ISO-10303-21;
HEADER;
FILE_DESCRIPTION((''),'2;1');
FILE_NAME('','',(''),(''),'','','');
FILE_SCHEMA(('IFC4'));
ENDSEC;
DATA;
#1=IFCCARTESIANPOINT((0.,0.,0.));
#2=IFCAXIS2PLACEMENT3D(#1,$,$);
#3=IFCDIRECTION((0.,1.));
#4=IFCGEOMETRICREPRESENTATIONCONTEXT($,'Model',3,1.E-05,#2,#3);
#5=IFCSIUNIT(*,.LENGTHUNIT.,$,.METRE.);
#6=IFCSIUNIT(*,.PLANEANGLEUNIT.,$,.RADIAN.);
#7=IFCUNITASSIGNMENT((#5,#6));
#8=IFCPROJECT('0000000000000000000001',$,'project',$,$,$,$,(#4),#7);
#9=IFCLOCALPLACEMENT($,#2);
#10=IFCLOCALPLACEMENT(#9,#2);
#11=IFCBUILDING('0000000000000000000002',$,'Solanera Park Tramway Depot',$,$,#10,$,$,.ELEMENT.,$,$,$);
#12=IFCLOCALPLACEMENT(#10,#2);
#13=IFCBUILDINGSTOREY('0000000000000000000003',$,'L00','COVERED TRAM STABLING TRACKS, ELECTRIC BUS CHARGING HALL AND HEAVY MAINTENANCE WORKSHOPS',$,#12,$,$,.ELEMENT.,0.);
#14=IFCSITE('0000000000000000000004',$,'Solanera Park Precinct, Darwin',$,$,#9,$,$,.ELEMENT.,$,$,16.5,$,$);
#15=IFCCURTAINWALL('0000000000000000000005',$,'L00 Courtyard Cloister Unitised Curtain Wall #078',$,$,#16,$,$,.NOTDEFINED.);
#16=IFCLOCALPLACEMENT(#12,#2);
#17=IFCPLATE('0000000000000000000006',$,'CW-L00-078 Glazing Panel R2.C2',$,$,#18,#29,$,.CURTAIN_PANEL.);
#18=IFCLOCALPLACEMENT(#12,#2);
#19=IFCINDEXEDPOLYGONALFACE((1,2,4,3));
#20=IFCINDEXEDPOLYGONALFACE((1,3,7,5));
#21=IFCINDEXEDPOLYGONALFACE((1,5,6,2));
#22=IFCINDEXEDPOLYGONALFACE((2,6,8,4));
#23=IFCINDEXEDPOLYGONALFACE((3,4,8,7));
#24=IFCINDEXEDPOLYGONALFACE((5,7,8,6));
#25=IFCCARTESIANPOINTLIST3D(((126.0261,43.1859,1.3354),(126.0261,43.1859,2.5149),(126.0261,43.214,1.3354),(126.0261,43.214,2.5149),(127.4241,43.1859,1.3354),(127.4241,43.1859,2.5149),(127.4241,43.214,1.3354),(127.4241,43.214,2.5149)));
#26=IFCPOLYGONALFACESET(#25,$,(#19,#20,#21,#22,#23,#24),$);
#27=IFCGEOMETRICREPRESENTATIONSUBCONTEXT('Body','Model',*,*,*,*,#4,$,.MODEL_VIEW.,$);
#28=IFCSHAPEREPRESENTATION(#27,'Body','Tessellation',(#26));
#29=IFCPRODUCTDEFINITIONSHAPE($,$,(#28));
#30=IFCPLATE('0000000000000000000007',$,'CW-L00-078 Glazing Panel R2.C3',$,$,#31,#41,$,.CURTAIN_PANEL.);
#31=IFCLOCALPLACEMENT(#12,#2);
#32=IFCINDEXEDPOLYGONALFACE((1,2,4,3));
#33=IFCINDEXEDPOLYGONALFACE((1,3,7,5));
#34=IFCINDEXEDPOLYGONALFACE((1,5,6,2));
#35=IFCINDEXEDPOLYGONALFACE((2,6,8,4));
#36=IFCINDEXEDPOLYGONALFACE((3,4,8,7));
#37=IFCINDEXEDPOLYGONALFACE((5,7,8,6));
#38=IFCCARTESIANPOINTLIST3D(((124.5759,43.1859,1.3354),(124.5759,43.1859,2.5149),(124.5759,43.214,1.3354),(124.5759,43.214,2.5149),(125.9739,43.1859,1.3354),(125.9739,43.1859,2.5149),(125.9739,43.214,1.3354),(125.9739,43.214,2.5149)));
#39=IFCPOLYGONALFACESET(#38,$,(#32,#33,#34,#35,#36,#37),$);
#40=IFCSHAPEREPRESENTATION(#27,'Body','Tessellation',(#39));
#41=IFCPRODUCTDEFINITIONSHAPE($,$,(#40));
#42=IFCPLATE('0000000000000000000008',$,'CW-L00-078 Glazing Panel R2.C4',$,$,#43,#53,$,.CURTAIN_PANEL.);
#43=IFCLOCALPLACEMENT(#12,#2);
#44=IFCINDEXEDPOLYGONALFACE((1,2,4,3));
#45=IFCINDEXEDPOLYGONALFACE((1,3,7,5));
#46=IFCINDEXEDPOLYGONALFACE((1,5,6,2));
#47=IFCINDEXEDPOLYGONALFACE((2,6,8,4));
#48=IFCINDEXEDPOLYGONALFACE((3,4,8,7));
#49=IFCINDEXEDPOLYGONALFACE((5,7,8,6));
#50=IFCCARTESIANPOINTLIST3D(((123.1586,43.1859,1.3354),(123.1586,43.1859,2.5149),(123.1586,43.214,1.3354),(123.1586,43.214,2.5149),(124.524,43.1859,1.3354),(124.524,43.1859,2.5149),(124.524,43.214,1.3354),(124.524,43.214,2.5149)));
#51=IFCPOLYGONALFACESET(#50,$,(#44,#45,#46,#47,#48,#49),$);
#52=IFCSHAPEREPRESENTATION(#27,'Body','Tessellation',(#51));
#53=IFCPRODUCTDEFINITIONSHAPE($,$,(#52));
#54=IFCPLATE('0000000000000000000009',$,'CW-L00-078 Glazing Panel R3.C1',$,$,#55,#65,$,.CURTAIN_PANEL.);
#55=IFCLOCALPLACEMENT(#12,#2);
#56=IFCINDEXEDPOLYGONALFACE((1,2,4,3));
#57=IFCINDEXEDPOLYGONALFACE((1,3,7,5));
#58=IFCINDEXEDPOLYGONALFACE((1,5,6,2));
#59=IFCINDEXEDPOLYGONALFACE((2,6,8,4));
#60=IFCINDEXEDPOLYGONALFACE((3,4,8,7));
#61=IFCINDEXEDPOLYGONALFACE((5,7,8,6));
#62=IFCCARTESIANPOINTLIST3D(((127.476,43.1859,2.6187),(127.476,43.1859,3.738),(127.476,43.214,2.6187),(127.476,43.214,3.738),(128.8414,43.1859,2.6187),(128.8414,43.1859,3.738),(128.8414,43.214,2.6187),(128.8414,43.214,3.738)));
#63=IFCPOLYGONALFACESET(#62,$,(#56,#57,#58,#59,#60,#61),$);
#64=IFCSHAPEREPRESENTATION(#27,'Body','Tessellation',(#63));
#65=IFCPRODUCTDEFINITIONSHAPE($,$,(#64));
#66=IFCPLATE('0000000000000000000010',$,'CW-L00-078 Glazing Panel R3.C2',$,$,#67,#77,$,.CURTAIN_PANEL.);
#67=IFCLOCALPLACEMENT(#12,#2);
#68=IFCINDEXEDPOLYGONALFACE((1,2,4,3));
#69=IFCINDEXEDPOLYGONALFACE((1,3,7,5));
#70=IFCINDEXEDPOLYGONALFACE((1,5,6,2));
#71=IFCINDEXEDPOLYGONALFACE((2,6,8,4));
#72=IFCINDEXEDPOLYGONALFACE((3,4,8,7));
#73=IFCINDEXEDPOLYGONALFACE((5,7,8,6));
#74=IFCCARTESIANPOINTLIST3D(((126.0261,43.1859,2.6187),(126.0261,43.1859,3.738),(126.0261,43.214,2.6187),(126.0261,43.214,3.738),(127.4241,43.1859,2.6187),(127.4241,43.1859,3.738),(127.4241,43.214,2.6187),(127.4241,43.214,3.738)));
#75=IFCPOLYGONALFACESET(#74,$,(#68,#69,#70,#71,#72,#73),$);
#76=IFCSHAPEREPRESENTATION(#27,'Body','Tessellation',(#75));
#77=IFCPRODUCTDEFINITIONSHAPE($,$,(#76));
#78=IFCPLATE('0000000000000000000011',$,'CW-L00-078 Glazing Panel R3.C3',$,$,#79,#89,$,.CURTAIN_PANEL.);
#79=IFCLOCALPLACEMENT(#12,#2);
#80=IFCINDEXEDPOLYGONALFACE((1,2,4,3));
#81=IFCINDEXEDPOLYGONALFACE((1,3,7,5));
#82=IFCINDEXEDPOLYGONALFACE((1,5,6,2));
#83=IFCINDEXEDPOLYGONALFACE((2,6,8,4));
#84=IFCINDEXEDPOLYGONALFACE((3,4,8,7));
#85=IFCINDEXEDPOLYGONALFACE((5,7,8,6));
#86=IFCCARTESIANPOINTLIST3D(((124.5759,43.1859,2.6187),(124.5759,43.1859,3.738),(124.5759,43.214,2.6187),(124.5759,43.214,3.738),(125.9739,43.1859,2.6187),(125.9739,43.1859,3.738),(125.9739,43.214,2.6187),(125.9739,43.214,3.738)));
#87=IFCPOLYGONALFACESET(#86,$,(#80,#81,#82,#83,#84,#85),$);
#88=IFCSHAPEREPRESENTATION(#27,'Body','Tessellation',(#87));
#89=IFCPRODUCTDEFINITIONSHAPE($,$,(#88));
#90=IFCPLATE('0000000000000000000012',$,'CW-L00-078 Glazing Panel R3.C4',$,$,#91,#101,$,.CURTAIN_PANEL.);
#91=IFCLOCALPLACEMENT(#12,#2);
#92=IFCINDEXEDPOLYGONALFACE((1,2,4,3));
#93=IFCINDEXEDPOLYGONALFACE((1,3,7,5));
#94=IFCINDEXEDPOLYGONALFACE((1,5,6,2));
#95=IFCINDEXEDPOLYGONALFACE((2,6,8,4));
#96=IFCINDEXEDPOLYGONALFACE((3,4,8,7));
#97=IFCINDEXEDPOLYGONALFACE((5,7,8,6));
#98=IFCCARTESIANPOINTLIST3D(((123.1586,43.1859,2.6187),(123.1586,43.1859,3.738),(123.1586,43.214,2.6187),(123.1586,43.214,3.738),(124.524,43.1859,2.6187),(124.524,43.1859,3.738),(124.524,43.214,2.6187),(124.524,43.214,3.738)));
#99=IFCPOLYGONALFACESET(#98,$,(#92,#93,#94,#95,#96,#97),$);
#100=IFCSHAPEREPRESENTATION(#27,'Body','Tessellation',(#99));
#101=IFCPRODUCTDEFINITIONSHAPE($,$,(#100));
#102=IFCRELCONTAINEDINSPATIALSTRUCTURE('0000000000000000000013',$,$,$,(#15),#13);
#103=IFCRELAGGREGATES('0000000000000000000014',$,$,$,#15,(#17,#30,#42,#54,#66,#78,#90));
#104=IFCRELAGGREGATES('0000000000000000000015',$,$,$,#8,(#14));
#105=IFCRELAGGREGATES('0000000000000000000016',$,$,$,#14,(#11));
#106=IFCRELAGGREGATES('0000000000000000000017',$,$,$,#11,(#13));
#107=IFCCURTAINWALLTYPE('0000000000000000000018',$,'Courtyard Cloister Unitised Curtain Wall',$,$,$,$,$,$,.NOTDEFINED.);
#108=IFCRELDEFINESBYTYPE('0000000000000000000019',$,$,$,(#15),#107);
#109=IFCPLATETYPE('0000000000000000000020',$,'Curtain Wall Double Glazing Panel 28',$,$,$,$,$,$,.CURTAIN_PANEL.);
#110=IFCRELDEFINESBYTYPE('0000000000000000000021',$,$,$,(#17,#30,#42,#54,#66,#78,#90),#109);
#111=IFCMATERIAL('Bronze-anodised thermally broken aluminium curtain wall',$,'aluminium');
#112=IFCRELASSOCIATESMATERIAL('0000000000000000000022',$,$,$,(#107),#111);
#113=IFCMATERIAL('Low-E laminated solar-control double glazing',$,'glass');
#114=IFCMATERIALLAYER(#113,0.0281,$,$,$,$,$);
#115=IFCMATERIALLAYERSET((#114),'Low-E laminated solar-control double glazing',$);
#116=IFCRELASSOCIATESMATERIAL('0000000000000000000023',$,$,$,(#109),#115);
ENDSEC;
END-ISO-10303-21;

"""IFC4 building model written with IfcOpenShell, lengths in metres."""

from ifc_helpers import new_model, si_unit, direction, frame, origin, origin_2d, place, context, subcontext, project, spatial, rectangle, extrude, material, layer, layer_set, type_object, element, aggregate, save


model = new_model("IFC4")

# Units and contexts
model_context = context("Model", 3, precision=1e-05, world=origin(), true_north=direction((0.0, 1.0)))
body_context = subcontext(model_context, "Body", "Model", "MODEL_VIEW")
ifc_project = project(units=[si_unit("LENGTHUNIT", "METRE"), si_unit("PLANEANGLEUNIT", "RADIAN")], contexts=[model_context])

# Site, building, storey
site_placement = place(None, origin())
site = spatial("IfcSite", under=ifc_project, at=site_placement, Name="Solanera Park Precinct, Darwin", CompositionType="ELEMENT", RefElevation=16.5)
building_placement = place(site_placement, origin())
building = spatial("IfcBuilding", under=site, at=building_placement, Name="Solanera Park Tramway Depot", CompositionType="ELEMENT")
storey_placement = place(building_placement, origin())
storey = spatial("IfcBuildingStorey", under=building, at=storey_placement, Name="L00", Description="COVERED TRAM STABLING TRACKS, ELECTRIC BUS CHARGING HALL AND HEAVY MAINTENANCE WORKSHOPS", CompositionType="ELEMENT", Elevation=0.0)

# Curtain wall, plates
ifc_material_1 = material(Name="Bronze-anodised thermally broken aluminium curtain wall", Category="aluminium")
curtain_wall_type = type_object("IfcCurtainWallType", Name="Courtyard Cloister Unitised Curtain Wall", PredefinedType="NOTDEFINED", material=ifc_material_1)
curtain_wall_placement = place(storey_placement, origin())
curtain_wall = element("IfcCurtainWall", 1, at=curtain_wall_placement, inside=storey, type_object=curtain_wall_type, Name="L00 Courtyard Cloister Unitised Curtain Wall #078", PredefinedType="NOTDEFINED")
ifc_material_2 = material(Name="Low-E laminated solar-control double glazing", Category="glass")
ifc_layer = layer(ifc_material_2, 0.0281)
ifc_layer_set = layer_set([ifc_layer], Name="Low-E laminated solar-control double glazing")
plate_type = type_object("IfcPlateType", Name="Curtain Wall Double Glazing Panel 28", PredefinedType="CURTAIN_PANEL", material=ifc_layer_set)
plate_1_placement = place(storey_placement, frame((126.7251, 43.2, 1.3354), z_axis=(0.0, 0.0, 1.0), x_axis=(-1.0, 0.0, 0.0)))
plate_1 = element("IfcPlate", 2, at=plate_1_placement, type_object=plate_type, Name="CW-L00-078 Glazing Panel R2.C2", PredefinedType="CURTAIN_PANEL", context=body_context, shape_type="SweptSolid", body=[
    extrude(rectangle(XDim=1.3979, YDim=0.0281, at=origin_2d()), origin(), (0.0, 0.0, 1.0), 1.1794),
])
plate_2_placement = place(storey_placement, frame((125.2749, 43.2, 1.3354), z_axis=(0.0, 0.0, 1.0), x_axis=(-1.0, 0.0, 0.0)))
plate_2 = element("IfcPlate", 3, at=plate_2_placement, type_object=plate_type, Name="CW-L00-078 Glazing Panel R2.C3", PredefinedType="CURTAIN_PANEL", context=body_context, shape_type="SweptSolid", body=[
    extrude(rectangle(XDim=1.3979, YDim=0.0281, at=origin_2d()), origin(), (0.0, 0.0, 1.0), 1.1794),
])
plate_3_placement = place(storey_placement, frame((123.8413, 43.2, 1.3354), z_axis=(0.0, 0.0, 1.0), x_axis=(-1.0, 0.0, 0.0)))
plate_3 = element("IfcPlate", 4, at=plate_3_placement, type_object=plate_type, Name="CW-L00-078 Glazing Panel R2.C4", PredefinedType="CURTAIN_PANEL", context=body_context, shape_type="SweptSolid", body=[
    extrude(rectangle(XDim=1.3655, YDim=0.0281, at=origin_2d()), origin(), (0.0, 0.0, 1.0), 1.1794),
])
plate_4_placement = place(storey_placement, frame((128.1587, 43.2, 2.6187), z_axis=(0.0, 0.0, 1.0), x_axis=(-1.0, 0.0, 0.0)))
plate_4 = element("IfcPlate", 5, at=plate_4_placement, type_object=plate_type, Name="CW-L00-078 Glazing Panel R3.C1", PredefinedType="CURTAIN_PANEL", context=body_context, shape_type="SweptSolid", body=[
    extrude(rectangle(XDim=1.3655, YDim=0.0281, at=origin_2d()), origin(), (0.0, 0.0, 1.0), 1.1194),
])
plate_5_placement = place(storey_placement, frame((126.7251, 43.2, 2.6187), z_axis=(0.0, 0.0, 1.0), x_axis=(-1.0, 0.0, 0.0)))
plate_5 = element("IfcPlate", 6, at=plate_5_placement, type_object=plate_type, Name="CW-L00-078 Glazing Panel R3.C2", PredefinedType="CURTAIN_PANEL", context=body_context, shape_type="SweptSolid", body=[
    extrude(rectangle(XDim=1.3979, YDim=0.0281, at=origin_2d()), origin(), (0.0, 0.0, 1.0), 1.1194),
])
plate_6_placement = place(storey_placement, frame((125.2749, 43.2, 2.6187), z_axis=(0.0, 0.0, 1.0), x_axis=(-1.0, 0.0, 0.0)))
plate_6 = element("IfcPlate", 7, at=plate_6_placement, type_object=plate_type, Name="CW-L00-078 Glazing Panel R3.C3", PredefinedType="CURTAIN_PANEL", context=body_context, shape_type="SweptSolid", body=[
    extrude(rectangle(XDim=1.3979, YDim=0.0281, at=origin_2d()), origin(), (0.0, 0.0, 1.0), 1.1194),
])
plate_7_placement = place(storey_placement, frame((123.8413, 43.2, 2.6187), z_axis=(0.0, 0.0, 1.0), x_axis=(-1.0, 0.0, 0.0)))
plate_7 = element("IfcPlate", 8, at=plate_7_placement, type_object=plate_type, Name="CW-L00-078 Glazing Panel R3.C4", PredefinedType="CURTAIN_PANEL", context=body_context, shape_type="SweptSolid", body=[
    extrude(rectangle(XDim=1.3655, YDim=0.0281, at=origin_2d()), origin(), (0.0, 0.0, 1.0), 1.1194),
])
aggregate(curtain_wall, [plate_1, plate_2, plate_3, plate_4, plate_5, plate_6, plate_7])

save(model, "model.ifc")
